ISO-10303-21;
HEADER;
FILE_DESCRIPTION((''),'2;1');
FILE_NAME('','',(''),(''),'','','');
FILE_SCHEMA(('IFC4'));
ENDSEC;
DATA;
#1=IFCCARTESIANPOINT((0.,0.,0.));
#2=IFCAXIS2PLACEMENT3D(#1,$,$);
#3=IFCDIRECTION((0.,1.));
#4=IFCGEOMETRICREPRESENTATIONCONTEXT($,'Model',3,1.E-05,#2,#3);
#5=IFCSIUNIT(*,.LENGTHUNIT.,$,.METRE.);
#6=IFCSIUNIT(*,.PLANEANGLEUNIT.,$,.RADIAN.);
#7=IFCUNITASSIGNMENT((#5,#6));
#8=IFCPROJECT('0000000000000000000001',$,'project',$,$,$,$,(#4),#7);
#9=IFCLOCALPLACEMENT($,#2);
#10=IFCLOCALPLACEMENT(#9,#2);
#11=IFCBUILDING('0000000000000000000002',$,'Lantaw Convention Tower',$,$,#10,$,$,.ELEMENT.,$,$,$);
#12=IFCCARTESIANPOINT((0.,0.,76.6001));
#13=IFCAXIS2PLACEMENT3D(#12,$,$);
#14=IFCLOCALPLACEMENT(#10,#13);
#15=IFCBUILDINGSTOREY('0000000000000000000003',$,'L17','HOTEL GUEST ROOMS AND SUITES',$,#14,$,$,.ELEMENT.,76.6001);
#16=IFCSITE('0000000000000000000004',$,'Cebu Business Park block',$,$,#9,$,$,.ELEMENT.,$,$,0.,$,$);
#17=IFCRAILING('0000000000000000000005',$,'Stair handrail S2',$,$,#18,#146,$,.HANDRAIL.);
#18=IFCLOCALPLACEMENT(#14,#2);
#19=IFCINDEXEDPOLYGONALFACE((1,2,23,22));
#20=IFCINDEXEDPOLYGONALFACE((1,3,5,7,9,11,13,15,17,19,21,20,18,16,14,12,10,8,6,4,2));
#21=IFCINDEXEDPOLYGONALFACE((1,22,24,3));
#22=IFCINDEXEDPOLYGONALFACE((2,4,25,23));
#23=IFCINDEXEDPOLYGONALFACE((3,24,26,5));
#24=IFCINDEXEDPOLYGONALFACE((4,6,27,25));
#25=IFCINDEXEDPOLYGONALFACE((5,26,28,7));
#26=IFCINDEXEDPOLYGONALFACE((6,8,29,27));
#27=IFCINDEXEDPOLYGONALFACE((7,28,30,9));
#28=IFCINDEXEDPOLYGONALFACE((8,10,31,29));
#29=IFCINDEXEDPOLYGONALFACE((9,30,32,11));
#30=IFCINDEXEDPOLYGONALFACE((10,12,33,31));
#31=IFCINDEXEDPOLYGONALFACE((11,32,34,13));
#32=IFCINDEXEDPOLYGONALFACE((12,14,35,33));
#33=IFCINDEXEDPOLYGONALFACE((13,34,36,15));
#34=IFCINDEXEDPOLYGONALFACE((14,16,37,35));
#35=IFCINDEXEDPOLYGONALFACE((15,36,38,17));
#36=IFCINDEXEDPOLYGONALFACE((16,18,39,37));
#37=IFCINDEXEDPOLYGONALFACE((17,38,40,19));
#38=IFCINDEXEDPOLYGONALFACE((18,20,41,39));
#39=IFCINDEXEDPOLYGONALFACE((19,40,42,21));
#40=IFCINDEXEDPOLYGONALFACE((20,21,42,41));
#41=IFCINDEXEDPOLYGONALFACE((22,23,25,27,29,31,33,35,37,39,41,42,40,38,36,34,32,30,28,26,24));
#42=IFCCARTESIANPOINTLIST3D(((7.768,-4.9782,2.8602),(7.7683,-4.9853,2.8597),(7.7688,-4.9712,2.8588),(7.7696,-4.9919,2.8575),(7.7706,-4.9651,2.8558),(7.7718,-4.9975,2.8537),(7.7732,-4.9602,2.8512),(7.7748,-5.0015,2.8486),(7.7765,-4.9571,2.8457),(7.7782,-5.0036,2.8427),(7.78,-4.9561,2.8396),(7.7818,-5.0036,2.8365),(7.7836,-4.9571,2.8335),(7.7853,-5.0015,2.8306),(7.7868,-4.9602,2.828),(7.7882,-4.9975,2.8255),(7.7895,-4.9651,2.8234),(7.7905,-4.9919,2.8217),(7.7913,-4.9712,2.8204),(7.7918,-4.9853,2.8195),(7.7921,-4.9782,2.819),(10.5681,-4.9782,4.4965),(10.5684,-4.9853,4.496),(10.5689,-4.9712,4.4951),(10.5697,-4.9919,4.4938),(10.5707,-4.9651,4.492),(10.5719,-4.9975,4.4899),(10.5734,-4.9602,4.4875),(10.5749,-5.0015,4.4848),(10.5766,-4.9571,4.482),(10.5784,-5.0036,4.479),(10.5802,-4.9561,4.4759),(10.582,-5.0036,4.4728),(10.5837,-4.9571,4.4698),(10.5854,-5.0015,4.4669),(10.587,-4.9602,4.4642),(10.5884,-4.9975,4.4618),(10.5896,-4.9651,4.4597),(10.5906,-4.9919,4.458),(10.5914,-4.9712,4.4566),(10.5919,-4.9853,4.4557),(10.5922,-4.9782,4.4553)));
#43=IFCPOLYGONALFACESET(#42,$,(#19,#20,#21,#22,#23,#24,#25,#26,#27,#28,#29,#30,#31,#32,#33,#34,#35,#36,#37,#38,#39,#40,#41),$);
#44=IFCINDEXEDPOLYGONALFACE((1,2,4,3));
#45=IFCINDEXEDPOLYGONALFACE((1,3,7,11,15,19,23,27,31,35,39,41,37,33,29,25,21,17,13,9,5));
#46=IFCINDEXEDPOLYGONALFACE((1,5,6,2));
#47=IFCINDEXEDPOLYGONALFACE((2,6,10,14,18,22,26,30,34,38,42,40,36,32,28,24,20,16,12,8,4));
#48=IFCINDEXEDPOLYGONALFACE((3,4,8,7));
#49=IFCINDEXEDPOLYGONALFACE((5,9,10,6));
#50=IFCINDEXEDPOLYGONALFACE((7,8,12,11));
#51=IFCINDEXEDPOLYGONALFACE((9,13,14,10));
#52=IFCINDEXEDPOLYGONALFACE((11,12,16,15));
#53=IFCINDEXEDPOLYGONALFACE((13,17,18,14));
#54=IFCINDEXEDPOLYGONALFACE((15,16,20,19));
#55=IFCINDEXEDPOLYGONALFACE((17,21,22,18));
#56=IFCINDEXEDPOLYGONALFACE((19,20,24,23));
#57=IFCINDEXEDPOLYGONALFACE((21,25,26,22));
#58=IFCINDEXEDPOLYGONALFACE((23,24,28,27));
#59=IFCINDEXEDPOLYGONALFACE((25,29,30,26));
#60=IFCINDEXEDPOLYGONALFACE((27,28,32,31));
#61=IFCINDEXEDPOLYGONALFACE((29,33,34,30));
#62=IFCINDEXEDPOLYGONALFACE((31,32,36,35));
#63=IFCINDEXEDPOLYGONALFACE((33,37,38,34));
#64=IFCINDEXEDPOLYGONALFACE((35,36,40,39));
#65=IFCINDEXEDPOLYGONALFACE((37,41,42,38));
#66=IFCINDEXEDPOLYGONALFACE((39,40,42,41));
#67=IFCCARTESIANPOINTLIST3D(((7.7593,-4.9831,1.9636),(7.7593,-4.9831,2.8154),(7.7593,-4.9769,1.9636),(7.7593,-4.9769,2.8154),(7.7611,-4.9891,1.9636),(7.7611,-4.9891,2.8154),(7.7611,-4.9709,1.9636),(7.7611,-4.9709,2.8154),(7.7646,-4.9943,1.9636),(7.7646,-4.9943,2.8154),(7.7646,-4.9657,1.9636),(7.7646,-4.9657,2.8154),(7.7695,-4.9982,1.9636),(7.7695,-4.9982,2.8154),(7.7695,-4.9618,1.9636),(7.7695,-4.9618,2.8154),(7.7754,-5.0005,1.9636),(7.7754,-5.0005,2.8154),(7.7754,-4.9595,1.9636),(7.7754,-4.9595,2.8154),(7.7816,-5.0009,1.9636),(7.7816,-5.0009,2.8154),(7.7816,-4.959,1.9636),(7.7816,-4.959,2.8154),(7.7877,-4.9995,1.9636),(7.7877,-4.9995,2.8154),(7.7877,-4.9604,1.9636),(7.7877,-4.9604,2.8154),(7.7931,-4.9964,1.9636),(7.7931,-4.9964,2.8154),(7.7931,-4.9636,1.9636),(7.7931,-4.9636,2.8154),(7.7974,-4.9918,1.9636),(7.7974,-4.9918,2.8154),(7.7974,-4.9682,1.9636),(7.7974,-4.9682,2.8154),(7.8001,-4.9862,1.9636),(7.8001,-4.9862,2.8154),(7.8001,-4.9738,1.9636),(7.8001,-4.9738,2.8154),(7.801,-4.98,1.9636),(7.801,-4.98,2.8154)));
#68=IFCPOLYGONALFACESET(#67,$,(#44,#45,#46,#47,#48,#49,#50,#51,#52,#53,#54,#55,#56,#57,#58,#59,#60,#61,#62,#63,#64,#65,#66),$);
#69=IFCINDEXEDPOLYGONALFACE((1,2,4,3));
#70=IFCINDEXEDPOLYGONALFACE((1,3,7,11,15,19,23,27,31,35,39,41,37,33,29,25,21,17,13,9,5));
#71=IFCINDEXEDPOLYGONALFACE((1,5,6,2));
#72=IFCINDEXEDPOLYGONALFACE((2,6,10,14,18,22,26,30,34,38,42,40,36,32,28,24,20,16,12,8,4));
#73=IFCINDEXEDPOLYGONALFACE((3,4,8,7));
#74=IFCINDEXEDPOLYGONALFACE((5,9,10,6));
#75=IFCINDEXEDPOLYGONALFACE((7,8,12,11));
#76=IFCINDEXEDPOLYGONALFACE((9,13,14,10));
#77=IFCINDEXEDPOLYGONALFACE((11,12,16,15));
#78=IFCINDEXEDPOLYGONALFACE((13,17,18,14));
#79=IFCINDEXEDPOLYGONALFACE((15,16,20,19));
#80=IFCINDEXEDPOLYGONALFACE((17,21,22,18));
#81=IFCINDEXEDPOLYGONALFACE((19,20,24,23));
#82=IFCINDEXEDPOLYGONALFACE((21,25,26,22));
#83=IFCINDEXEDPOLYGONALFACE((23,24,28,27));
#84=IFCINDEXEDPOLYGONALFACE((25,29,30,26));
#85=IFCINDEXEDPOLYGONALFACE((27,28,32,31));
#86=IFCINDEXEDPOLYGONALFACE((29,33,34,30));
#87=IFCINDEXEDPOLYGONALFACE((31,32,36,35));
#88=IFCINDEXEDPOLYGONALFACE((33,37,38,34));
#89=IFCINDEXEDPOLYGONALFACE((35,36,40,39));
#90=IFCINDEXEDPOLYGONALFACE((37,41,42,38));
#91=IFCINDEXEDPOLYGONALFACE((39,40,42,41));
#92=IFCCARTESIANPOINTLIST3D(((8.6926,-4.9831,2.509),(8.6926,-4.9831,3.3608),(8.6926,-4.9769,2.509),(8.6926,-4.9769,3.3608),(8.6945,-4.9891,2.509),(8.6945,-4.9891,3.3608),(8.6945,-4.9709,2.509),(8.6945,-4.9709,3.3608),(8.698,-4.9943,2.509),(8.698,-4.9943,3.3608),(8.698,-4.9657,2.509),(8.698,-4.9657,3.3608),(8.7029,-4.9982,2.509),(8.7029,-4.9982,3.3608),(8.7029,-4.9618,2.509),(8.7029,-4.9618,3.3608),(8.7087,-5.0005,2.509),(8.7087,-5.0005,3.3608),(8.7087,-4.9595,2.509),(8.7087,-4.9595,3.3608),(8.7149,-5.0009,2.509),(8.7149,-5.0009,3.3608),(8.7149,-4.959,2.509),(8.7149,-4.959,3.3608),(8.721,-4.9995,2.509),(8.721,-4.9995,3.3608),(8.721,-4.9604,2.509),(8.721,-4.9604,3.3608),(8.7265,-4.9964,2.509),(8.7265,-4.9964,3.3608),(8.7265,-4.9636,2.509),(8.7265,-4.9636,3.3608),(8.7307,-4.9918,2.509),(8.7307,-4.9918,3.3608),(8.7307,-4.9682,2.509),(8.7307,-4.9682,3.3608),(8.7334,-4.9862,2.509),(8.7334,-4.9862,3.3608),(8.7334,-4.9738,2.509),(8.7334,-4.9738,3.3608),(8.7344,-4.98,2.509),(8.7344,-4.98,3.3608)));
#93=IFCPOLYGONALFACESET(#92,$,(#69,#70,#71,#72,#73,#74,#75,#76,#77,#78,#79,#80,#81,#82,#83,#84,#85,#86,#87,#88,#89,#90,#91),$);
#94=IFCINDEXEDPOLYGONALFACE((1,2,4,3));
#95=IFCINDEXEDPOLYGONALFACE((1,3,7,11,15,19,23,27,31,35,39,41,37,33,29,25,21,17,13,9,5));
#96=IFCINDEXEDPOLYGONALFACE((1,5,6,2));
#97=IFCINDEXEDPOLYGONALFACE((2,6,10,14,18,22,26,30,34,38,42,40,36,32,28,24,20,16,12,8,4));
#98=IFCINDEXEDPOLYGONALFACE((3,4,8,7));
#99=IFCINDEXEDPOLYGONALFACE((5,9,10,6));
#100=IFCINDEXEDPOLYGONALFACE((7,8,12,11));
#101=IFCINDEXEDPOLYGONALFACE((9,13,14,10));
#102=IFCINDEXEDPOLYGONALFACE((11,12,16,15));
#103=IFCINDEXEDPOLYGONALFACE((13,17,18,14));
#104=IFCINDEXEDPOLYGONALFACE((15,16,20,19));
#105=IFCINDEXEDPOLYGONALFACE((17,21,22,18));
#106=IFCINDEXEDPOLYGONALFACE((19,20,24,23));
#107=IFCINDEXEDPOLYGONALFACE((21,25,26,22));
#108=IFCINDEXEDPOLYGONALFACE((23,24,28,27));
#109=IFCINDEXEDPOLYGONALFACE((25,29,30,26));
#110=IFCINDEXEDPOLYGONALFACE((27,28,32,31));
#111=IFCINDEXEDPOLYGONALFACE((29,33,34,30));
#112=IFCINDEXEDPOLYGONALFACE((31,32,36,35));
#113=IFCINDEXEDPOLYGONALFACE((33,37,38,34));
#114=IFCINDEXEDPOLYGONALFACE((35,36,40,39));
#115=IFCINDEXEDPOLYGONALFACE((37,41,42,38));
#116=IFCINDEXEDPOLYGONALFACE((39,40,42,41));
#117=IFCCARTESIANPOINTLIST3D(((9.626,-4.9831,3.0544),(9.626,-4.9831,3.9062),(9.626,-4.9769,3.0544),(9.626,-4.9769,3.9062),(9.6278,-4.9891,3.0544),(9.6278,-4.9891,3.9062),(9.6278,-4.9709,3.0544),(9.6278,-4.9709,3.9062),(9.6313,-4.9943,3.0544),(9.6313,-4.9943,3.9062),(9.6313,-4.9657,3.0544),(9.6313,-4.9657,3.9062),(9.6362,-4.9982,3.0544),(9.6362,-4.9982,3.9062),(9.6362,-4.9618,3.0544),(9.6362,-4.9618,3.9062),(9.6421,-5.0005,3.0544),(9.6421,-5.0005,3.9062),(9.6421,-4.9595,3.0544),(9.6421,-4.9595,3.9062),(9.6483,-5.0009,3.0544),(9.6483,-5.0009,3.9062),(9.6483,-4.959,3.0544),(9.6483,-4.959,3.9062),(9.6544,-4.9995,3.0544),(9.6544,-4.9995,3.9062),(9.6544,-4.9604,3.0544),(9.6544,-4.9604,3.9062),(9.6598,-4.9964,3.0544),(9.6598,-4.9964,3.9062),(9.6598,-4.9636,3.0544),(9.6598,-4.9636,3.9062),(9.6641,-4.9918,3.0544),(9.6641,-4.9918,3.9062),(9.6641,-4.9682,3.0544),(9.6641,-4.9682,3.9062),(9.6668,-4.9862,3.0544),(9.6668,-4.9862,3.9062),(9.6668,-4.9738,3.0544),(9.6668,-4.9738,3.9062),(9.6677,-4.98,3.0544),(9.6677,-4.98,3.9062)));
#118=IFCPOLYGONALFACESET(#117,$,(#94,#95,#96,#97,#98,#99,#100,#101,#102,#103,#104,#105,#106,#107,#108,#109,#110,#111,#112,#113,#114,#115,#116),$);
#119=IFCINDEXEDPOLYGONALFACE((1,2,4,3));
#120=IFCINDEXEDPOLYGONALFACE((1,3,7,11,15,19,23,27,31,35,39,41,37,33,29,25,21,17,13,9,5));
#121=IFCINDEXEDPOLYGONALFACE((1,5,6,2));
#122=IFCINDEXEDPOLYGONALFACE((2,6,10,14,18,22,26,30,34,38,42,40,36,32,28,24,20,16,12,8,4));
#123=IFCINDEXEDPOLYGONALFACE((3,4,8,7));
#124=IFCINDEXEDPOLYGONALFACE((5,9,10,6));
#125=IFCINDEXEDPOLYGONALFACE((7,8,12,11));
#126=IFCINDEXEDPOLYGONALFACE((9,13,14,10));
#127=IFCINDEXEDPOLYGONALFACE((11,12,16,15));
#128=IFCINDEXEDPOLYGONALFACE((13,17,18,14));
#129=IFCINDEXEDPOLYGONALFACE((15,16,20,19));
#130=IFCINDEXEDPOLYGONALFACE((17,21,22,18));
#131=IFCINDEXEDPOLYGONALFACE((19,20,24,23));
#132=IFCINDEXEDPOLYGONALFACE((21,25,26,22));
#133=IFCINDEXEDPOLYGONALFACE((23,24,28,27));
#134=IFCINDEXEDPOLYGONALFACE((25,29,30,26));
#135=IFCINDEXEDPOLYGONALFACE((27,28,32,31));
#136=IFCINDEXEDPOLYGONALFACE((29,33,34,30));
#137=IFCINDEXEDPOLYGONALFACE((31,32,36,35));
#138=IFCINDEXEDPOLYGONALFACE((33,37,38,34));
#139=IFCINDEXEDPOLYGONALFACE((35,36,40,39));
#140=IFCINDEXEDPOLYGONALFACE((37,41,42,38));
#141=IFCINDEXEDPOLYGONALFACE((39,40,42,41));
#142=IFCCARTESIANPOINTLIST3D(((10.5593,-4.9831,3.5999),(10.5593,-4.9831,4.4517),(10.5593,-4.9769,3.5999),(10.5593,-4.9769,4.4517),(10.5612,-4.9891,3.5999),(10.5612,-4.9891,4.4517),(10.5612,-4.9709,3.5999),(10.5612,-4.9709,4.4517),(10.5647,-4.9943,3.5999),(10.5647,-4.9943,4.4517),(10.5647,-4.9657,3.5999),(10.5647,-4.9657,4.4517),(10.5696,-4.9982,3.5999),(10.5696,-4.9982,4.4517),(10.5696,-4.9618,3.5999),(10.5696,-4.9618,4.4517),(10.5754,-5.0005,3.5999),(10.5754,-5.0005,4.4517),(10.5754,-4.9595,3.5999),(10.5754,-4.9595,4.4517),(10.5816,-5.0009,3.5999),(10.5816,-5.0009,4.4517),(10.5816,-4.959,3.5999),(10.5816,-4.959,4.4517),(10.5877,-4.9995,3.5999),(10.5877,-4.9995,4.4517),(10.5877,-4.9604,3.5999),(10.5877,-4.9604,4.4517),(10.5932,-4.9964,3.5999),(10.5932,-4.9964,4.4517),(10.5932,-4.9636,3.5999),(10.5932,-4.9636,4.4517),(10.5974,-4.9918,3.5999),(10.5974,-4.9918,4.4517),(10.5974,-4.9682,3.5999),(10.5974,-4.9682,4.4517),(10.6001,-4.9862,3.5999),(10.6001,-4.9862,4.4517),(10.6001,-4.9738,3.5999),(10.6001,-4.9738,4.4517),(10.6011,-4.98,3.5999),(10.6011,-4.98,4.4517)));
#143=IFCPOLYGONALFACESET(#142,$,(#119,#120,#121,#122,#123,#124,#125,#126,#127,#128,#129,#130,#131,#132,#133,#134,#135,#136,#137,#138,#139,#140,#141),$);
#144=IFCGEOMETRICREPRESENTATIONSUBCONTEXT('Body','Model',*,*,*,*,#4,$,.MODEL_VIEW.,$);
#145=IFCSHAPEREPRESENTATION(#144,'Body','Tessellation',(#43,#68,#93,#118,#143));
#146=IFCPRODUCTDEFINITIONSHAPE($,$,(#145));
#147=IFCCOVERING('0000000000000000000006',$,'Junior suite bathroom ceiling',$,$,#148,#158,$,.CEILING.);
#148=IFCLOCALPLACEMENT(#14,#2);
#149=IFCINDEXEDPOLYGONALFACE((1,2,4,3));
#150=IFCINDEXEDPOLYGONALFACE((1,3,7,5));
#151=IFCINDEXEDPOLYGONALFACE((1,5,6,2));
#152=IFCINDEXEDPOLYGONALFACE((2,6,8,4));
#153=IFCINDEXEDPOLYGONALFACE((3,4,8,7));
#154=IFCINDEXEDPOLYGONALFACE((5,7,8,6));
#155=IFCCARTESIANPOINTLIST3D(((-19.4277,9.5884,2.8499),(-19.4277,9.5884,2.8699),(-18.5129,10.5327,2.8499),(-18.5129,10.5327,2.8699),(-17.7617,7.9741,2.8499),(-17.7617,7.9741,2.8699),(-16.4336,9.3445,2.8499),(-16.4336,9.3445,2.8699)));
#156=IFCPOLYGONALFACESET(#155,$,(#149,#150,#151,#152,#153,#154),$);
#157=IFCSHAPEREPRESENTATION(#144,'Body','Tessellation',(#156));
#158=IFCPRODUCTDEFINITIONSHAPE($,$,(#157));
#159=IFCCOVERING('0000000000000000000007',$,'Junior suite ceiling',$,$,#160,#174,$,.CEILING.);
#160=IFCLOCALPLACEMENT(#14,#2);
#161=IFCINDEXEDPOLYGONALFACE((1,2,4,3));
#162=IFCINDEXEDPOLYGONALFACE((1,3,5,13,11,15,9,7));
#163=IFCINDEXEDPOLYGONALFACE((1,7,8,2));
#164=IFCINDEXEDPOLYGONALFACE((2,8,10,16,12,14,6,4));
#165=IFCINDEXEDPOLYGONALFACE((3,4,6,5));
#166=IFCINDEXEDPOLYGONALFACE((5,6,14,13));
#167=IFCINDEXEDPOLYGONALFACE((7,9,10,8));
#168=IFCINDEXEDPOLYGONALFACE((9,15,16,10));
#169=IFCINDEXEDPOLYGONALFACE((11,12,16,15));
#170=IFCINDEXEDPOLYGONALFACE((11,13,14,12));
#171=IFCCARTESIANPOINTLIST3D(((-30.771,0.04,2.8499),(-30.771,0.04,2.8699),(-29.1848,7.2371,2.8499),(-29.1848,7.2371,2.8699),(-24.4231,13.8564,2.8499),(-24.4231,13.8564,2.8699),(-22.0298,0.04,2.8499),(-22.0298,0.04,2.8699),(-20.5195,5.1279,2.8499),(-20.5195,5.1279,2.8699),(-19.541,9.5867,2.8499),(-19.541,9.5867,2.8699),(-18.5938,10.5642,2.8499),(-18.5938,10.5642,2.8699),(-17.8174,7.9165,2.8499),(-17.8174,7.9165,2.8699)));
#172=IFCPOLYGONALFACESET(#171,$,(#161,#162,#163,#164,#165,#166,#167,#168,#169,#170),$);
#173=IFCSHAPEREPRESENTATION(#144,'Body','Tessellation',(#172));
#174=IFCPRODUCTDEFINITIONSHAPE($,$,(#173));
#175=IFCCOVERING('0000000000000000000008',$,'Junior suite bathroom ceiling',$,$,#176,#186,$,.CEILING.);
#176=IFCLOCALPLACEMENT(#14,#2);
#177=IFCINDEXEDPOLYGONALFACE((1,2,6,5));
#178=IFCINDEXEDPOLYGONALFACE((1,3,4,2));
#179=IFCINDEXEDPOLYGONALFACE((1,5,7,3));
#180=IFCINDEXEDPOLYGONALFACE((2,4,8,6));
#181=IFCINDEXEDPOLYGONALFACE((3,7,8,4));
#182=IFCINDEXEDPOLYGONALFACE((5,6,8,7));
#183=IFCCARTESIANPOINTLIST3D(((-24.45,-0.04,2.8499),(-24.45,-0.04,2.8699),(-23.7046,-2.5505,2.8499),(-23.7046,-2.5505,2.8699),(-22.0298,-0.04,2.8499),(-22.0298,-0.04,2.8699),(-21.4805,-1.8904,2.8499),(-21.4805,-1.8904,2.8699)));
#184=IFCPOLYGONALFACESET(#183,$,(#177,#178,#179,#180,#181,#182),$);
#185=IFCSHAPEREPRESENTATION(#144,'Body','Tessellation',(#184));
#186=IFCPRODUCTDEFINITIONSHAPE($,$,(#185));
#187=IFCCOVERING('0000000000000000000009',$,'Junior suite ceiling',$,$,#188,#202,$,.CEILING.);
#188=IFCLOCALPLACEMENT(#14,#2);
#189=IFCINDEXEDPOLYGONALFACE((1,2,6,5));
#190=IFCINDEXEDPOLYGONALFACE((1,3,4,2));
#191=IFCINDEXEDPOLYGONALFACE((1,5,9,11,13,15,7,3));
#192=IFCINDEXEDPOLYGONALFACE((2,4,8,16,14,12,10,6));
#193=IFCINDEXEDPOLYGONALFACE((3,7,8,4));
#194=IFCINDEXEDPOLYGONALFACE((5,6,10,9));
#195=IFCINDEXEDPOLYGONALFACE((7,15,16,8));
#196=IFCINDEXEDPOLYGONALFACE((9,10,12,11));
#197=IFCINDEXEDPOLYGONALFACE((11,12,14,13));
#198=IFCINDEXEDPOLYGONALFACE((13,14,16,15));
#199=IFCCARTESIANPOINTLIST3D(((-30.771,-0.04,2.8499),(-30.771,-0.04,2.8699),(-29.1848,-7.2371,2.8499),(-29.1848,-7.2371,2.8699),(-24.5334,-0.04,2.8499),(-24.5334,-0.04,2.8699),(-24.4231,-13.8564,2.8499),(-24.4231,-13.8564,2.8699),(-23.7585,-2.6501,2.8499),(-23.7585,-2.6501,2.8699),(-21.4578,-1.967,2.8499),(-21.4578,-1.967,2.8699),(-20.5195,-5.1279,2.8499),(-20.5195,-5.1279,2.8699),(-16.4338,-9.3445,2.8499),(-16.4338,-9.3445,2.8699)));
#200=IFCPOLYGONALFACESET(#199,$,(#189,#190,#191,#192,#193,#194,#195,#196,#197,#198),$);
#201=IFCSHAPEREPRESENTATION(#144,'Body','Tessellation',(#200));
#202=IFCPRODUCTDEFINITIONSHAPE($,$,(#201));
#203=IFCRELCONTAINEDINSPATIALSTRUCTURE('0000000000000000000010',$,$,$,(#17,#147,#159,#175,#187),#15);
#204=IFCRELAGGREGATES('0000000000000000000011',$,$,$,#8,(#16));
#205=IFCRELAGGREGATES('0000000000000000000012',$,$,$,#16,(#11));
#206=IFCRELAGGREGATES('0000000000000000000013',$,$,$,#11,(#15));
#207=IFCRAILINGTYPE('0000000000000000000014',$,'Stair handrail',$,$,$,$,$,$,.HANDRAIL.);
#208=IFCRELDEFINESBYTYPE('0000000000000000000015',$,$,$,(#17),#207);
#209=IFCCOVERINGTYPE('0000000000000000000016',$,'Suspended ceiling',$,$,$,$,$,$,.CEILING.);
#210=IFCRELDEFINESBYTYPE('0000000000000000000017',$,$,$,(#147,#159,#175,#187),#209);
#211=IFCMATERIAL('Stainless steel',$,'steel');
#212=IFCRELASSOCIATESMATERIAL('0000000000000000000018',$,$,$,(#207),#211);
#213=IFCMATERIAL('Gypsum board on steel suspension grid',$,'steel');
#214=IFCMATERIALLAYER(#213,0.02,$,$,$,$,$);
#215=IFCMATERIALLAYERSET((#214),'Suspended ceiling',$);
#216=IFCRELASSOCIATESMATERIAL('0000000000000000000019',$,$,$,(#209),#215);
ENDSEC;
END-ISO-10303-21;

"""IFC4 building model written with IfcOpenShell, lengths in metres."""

from ifc_helpers import new_model, si_unit, direction, frame, origin, origin_2d, place, context, subcontext, project, spatial, polyline, circle, outline, extrude, material, layer, layer_set, type_object, element, save


model = new_model("IFC4")

# Units and contexts
model_context = context("Model", 3, precision=1e-05, world=origin(), true_north=direction((0.0, 1.0)))
body_context = subcontext(model_context, "Body", "Model", "MODEL_VIEW")
ifc_project = project(units=[si_unit("LENGTHUNIT", "METRE"), si_unit("PLANEANGLEUNIT", "RADIAN")], contexts=[model_context])

# Site, building, storey
site_placement = place(None, origin())
site = spatial("IfcSite", under=ifc_project, at=site_placement, Name="Cebu Business Park block", CompositionType="ELEMENT", RefElevation=0.0)
building_placement = place(site_placement, origin())
building = spatial("IfcBuilding", under=site, at=building_placement, Name="Lantaw Convention Tower", CompositionType="ELEMENT")
storey_placement = place(building_placement, frame((0.0, 0.0, 76.6001)))
storey = spatial("IfcBuildingStorey", under=building, at=storey_placement, Name="L17", Description="HOTEL GUEST ROOMS AND SUITES", CompositionType="ELEMENT", Elevation=76.6001)

# Railing
ifc_material_1 = material(Name="Stainless steel", Category="steel")
railing_type = type_object("IfcRailingType", Name="Stair handrail", PredefinedType="HANDRAIL", material=ifc_material_1)
railing_1_placement = place(storey_placement, frame((7.78, -4.98, 1.9636)))
element("IfcRailing", 1, at=railing_1_placement, inside=storey, type_object=railing_type, Name="Stair handrail S2", PredefinedType="HANDRAIL", context=body_context, shape_type="SweptSolid", body=[
    extrude(circle(Radius=0.0239, at=origin_2d()), frame((0.0, 0.0, 0.876), z_axis=(0.863394, 0.0, 0.504531), x_axis=(0.0, 1.0, 0.0)), (0.0, 0.0, 1.0), 3.2432),
    extrude(circle(Radius=0.021, at=origin_2d()), origin(), (0.0, 0.0, 1.0), 0.8518),
    extrude(circle(Radius=0.021, at=origin_2d()), frame((0.9333, 0.0, 0.5454)), (0.0, 0.0, 1.0), 0.8518),
    extrude(circle(Radius=0.021, at=origin_2d()), frame((1.8667, 0.0, 1.0908)), (0.0, 0.0, 1.0), 0.8518),
    extrude(circle(Radius=0.021, at=origin_2d()), frame((2.8, 0.0, 1.6362)), (0.0, 0.0, 1.0), 0.8518),
])

# Coverings
ifc_material_2 = material(Name="Gypsum board on steel suspension grid", Category="steel")
ifc_layer_1 = layer(ifc_material_2, 0.02)
ifc_layer_set_1 = layer_set([ifc_layer_1], Name="Suspended ceiling")
covering_type = type_object("IfcCoveringType", Name="Suspended ceiling", PredefinedType="CEILING", material=ifc_layer_set_1)
covering_1_placement = place(storey_placement, frame((0.0, 0.0, 2.8499)))
element("IfcCovering", 2, at=covering_1_placement, inside=storey, type_object=covering_type, Name="Junior suite bathroom ceiling", PredefinedType="CEILING", context=body_context, shape_type="SweptSolid", body=[
    extrude(outline(polyline([(-16.4336, 9.3445), (-18.5129, 10.5327), (-19.4277, 9.5884), (-17.7617, 7.9741), (-16.4336, 9.3445)])), origin(), (0.0, 0.0, 1.0), 0.02),
])
covering_2_placement = place(storey_placement, frame((0.0, 0.0, 2.8499)))
element("IfcCovering", 3, at=covering_2_placement, inside=storey, type_object=covering_type, Name="Junior suite ceiling", PredefinedType="CEILING", context=body_context, shape_type="SweptSolid", body=[
    extrude(outline(polyline([(-20.5195, 5.1279), (-17.8174, 7.9165), (-19.541, 9.5867), (-18.5938, 10.5642), (-24.4231, 13.8564), (-29.1848, 7.2371), (-30.771, 0.04), (-22.0298, 0.04), (-20.5195, 5.1279)])), origin(), (0.0, 0.0, 1.0), 0.02),
])
covering_3_placement = place(storey_placement, frame((0.0, 0.0, 2.8499)))
element("IfcCovering", 4, at=covering_3_placement, inside=storey, type_object=covering_type, Name="Junior suite bathroom ceiling", PredefinedType="CEILING", context=body_context, shape_type="SweptSolid", body=[
    extrude(outline(polyline([(-22.0298, -0.04), (-24.45, -0.04), (-23.7046, -2.5505), (-21.4805, -1.8904), (-22.0298, -0.04)])), origin(), (0.0, 0.0, 1.0), 0.02),
])
covering_4_placement = place(storey_placement, frame((0.0, 0.0, 2.8499)))
element("IfcCovering", 5, at=covering_4_placement, inside=storey, type_object=covering_type, Name="Junior suite ceiling", PredefinedType="CEILING", context=body_context, shape_type="SweptSolid", body=[
    extrude(outline(polyline([(-21.4578, -1.967), (-23.7585, -2.6501), (-24.5334, -0.04), (-30.771, -0.04), (-29.1848, -7.2371), (-24.4231, -13.8564), (-16.4338, -9.3445), (-20.5195, -5.1279), (-21.4578, -1.967)])), origin(), (0.0, 0.0, 1.0), 0.02),
])

save(model, "model.ifc")
